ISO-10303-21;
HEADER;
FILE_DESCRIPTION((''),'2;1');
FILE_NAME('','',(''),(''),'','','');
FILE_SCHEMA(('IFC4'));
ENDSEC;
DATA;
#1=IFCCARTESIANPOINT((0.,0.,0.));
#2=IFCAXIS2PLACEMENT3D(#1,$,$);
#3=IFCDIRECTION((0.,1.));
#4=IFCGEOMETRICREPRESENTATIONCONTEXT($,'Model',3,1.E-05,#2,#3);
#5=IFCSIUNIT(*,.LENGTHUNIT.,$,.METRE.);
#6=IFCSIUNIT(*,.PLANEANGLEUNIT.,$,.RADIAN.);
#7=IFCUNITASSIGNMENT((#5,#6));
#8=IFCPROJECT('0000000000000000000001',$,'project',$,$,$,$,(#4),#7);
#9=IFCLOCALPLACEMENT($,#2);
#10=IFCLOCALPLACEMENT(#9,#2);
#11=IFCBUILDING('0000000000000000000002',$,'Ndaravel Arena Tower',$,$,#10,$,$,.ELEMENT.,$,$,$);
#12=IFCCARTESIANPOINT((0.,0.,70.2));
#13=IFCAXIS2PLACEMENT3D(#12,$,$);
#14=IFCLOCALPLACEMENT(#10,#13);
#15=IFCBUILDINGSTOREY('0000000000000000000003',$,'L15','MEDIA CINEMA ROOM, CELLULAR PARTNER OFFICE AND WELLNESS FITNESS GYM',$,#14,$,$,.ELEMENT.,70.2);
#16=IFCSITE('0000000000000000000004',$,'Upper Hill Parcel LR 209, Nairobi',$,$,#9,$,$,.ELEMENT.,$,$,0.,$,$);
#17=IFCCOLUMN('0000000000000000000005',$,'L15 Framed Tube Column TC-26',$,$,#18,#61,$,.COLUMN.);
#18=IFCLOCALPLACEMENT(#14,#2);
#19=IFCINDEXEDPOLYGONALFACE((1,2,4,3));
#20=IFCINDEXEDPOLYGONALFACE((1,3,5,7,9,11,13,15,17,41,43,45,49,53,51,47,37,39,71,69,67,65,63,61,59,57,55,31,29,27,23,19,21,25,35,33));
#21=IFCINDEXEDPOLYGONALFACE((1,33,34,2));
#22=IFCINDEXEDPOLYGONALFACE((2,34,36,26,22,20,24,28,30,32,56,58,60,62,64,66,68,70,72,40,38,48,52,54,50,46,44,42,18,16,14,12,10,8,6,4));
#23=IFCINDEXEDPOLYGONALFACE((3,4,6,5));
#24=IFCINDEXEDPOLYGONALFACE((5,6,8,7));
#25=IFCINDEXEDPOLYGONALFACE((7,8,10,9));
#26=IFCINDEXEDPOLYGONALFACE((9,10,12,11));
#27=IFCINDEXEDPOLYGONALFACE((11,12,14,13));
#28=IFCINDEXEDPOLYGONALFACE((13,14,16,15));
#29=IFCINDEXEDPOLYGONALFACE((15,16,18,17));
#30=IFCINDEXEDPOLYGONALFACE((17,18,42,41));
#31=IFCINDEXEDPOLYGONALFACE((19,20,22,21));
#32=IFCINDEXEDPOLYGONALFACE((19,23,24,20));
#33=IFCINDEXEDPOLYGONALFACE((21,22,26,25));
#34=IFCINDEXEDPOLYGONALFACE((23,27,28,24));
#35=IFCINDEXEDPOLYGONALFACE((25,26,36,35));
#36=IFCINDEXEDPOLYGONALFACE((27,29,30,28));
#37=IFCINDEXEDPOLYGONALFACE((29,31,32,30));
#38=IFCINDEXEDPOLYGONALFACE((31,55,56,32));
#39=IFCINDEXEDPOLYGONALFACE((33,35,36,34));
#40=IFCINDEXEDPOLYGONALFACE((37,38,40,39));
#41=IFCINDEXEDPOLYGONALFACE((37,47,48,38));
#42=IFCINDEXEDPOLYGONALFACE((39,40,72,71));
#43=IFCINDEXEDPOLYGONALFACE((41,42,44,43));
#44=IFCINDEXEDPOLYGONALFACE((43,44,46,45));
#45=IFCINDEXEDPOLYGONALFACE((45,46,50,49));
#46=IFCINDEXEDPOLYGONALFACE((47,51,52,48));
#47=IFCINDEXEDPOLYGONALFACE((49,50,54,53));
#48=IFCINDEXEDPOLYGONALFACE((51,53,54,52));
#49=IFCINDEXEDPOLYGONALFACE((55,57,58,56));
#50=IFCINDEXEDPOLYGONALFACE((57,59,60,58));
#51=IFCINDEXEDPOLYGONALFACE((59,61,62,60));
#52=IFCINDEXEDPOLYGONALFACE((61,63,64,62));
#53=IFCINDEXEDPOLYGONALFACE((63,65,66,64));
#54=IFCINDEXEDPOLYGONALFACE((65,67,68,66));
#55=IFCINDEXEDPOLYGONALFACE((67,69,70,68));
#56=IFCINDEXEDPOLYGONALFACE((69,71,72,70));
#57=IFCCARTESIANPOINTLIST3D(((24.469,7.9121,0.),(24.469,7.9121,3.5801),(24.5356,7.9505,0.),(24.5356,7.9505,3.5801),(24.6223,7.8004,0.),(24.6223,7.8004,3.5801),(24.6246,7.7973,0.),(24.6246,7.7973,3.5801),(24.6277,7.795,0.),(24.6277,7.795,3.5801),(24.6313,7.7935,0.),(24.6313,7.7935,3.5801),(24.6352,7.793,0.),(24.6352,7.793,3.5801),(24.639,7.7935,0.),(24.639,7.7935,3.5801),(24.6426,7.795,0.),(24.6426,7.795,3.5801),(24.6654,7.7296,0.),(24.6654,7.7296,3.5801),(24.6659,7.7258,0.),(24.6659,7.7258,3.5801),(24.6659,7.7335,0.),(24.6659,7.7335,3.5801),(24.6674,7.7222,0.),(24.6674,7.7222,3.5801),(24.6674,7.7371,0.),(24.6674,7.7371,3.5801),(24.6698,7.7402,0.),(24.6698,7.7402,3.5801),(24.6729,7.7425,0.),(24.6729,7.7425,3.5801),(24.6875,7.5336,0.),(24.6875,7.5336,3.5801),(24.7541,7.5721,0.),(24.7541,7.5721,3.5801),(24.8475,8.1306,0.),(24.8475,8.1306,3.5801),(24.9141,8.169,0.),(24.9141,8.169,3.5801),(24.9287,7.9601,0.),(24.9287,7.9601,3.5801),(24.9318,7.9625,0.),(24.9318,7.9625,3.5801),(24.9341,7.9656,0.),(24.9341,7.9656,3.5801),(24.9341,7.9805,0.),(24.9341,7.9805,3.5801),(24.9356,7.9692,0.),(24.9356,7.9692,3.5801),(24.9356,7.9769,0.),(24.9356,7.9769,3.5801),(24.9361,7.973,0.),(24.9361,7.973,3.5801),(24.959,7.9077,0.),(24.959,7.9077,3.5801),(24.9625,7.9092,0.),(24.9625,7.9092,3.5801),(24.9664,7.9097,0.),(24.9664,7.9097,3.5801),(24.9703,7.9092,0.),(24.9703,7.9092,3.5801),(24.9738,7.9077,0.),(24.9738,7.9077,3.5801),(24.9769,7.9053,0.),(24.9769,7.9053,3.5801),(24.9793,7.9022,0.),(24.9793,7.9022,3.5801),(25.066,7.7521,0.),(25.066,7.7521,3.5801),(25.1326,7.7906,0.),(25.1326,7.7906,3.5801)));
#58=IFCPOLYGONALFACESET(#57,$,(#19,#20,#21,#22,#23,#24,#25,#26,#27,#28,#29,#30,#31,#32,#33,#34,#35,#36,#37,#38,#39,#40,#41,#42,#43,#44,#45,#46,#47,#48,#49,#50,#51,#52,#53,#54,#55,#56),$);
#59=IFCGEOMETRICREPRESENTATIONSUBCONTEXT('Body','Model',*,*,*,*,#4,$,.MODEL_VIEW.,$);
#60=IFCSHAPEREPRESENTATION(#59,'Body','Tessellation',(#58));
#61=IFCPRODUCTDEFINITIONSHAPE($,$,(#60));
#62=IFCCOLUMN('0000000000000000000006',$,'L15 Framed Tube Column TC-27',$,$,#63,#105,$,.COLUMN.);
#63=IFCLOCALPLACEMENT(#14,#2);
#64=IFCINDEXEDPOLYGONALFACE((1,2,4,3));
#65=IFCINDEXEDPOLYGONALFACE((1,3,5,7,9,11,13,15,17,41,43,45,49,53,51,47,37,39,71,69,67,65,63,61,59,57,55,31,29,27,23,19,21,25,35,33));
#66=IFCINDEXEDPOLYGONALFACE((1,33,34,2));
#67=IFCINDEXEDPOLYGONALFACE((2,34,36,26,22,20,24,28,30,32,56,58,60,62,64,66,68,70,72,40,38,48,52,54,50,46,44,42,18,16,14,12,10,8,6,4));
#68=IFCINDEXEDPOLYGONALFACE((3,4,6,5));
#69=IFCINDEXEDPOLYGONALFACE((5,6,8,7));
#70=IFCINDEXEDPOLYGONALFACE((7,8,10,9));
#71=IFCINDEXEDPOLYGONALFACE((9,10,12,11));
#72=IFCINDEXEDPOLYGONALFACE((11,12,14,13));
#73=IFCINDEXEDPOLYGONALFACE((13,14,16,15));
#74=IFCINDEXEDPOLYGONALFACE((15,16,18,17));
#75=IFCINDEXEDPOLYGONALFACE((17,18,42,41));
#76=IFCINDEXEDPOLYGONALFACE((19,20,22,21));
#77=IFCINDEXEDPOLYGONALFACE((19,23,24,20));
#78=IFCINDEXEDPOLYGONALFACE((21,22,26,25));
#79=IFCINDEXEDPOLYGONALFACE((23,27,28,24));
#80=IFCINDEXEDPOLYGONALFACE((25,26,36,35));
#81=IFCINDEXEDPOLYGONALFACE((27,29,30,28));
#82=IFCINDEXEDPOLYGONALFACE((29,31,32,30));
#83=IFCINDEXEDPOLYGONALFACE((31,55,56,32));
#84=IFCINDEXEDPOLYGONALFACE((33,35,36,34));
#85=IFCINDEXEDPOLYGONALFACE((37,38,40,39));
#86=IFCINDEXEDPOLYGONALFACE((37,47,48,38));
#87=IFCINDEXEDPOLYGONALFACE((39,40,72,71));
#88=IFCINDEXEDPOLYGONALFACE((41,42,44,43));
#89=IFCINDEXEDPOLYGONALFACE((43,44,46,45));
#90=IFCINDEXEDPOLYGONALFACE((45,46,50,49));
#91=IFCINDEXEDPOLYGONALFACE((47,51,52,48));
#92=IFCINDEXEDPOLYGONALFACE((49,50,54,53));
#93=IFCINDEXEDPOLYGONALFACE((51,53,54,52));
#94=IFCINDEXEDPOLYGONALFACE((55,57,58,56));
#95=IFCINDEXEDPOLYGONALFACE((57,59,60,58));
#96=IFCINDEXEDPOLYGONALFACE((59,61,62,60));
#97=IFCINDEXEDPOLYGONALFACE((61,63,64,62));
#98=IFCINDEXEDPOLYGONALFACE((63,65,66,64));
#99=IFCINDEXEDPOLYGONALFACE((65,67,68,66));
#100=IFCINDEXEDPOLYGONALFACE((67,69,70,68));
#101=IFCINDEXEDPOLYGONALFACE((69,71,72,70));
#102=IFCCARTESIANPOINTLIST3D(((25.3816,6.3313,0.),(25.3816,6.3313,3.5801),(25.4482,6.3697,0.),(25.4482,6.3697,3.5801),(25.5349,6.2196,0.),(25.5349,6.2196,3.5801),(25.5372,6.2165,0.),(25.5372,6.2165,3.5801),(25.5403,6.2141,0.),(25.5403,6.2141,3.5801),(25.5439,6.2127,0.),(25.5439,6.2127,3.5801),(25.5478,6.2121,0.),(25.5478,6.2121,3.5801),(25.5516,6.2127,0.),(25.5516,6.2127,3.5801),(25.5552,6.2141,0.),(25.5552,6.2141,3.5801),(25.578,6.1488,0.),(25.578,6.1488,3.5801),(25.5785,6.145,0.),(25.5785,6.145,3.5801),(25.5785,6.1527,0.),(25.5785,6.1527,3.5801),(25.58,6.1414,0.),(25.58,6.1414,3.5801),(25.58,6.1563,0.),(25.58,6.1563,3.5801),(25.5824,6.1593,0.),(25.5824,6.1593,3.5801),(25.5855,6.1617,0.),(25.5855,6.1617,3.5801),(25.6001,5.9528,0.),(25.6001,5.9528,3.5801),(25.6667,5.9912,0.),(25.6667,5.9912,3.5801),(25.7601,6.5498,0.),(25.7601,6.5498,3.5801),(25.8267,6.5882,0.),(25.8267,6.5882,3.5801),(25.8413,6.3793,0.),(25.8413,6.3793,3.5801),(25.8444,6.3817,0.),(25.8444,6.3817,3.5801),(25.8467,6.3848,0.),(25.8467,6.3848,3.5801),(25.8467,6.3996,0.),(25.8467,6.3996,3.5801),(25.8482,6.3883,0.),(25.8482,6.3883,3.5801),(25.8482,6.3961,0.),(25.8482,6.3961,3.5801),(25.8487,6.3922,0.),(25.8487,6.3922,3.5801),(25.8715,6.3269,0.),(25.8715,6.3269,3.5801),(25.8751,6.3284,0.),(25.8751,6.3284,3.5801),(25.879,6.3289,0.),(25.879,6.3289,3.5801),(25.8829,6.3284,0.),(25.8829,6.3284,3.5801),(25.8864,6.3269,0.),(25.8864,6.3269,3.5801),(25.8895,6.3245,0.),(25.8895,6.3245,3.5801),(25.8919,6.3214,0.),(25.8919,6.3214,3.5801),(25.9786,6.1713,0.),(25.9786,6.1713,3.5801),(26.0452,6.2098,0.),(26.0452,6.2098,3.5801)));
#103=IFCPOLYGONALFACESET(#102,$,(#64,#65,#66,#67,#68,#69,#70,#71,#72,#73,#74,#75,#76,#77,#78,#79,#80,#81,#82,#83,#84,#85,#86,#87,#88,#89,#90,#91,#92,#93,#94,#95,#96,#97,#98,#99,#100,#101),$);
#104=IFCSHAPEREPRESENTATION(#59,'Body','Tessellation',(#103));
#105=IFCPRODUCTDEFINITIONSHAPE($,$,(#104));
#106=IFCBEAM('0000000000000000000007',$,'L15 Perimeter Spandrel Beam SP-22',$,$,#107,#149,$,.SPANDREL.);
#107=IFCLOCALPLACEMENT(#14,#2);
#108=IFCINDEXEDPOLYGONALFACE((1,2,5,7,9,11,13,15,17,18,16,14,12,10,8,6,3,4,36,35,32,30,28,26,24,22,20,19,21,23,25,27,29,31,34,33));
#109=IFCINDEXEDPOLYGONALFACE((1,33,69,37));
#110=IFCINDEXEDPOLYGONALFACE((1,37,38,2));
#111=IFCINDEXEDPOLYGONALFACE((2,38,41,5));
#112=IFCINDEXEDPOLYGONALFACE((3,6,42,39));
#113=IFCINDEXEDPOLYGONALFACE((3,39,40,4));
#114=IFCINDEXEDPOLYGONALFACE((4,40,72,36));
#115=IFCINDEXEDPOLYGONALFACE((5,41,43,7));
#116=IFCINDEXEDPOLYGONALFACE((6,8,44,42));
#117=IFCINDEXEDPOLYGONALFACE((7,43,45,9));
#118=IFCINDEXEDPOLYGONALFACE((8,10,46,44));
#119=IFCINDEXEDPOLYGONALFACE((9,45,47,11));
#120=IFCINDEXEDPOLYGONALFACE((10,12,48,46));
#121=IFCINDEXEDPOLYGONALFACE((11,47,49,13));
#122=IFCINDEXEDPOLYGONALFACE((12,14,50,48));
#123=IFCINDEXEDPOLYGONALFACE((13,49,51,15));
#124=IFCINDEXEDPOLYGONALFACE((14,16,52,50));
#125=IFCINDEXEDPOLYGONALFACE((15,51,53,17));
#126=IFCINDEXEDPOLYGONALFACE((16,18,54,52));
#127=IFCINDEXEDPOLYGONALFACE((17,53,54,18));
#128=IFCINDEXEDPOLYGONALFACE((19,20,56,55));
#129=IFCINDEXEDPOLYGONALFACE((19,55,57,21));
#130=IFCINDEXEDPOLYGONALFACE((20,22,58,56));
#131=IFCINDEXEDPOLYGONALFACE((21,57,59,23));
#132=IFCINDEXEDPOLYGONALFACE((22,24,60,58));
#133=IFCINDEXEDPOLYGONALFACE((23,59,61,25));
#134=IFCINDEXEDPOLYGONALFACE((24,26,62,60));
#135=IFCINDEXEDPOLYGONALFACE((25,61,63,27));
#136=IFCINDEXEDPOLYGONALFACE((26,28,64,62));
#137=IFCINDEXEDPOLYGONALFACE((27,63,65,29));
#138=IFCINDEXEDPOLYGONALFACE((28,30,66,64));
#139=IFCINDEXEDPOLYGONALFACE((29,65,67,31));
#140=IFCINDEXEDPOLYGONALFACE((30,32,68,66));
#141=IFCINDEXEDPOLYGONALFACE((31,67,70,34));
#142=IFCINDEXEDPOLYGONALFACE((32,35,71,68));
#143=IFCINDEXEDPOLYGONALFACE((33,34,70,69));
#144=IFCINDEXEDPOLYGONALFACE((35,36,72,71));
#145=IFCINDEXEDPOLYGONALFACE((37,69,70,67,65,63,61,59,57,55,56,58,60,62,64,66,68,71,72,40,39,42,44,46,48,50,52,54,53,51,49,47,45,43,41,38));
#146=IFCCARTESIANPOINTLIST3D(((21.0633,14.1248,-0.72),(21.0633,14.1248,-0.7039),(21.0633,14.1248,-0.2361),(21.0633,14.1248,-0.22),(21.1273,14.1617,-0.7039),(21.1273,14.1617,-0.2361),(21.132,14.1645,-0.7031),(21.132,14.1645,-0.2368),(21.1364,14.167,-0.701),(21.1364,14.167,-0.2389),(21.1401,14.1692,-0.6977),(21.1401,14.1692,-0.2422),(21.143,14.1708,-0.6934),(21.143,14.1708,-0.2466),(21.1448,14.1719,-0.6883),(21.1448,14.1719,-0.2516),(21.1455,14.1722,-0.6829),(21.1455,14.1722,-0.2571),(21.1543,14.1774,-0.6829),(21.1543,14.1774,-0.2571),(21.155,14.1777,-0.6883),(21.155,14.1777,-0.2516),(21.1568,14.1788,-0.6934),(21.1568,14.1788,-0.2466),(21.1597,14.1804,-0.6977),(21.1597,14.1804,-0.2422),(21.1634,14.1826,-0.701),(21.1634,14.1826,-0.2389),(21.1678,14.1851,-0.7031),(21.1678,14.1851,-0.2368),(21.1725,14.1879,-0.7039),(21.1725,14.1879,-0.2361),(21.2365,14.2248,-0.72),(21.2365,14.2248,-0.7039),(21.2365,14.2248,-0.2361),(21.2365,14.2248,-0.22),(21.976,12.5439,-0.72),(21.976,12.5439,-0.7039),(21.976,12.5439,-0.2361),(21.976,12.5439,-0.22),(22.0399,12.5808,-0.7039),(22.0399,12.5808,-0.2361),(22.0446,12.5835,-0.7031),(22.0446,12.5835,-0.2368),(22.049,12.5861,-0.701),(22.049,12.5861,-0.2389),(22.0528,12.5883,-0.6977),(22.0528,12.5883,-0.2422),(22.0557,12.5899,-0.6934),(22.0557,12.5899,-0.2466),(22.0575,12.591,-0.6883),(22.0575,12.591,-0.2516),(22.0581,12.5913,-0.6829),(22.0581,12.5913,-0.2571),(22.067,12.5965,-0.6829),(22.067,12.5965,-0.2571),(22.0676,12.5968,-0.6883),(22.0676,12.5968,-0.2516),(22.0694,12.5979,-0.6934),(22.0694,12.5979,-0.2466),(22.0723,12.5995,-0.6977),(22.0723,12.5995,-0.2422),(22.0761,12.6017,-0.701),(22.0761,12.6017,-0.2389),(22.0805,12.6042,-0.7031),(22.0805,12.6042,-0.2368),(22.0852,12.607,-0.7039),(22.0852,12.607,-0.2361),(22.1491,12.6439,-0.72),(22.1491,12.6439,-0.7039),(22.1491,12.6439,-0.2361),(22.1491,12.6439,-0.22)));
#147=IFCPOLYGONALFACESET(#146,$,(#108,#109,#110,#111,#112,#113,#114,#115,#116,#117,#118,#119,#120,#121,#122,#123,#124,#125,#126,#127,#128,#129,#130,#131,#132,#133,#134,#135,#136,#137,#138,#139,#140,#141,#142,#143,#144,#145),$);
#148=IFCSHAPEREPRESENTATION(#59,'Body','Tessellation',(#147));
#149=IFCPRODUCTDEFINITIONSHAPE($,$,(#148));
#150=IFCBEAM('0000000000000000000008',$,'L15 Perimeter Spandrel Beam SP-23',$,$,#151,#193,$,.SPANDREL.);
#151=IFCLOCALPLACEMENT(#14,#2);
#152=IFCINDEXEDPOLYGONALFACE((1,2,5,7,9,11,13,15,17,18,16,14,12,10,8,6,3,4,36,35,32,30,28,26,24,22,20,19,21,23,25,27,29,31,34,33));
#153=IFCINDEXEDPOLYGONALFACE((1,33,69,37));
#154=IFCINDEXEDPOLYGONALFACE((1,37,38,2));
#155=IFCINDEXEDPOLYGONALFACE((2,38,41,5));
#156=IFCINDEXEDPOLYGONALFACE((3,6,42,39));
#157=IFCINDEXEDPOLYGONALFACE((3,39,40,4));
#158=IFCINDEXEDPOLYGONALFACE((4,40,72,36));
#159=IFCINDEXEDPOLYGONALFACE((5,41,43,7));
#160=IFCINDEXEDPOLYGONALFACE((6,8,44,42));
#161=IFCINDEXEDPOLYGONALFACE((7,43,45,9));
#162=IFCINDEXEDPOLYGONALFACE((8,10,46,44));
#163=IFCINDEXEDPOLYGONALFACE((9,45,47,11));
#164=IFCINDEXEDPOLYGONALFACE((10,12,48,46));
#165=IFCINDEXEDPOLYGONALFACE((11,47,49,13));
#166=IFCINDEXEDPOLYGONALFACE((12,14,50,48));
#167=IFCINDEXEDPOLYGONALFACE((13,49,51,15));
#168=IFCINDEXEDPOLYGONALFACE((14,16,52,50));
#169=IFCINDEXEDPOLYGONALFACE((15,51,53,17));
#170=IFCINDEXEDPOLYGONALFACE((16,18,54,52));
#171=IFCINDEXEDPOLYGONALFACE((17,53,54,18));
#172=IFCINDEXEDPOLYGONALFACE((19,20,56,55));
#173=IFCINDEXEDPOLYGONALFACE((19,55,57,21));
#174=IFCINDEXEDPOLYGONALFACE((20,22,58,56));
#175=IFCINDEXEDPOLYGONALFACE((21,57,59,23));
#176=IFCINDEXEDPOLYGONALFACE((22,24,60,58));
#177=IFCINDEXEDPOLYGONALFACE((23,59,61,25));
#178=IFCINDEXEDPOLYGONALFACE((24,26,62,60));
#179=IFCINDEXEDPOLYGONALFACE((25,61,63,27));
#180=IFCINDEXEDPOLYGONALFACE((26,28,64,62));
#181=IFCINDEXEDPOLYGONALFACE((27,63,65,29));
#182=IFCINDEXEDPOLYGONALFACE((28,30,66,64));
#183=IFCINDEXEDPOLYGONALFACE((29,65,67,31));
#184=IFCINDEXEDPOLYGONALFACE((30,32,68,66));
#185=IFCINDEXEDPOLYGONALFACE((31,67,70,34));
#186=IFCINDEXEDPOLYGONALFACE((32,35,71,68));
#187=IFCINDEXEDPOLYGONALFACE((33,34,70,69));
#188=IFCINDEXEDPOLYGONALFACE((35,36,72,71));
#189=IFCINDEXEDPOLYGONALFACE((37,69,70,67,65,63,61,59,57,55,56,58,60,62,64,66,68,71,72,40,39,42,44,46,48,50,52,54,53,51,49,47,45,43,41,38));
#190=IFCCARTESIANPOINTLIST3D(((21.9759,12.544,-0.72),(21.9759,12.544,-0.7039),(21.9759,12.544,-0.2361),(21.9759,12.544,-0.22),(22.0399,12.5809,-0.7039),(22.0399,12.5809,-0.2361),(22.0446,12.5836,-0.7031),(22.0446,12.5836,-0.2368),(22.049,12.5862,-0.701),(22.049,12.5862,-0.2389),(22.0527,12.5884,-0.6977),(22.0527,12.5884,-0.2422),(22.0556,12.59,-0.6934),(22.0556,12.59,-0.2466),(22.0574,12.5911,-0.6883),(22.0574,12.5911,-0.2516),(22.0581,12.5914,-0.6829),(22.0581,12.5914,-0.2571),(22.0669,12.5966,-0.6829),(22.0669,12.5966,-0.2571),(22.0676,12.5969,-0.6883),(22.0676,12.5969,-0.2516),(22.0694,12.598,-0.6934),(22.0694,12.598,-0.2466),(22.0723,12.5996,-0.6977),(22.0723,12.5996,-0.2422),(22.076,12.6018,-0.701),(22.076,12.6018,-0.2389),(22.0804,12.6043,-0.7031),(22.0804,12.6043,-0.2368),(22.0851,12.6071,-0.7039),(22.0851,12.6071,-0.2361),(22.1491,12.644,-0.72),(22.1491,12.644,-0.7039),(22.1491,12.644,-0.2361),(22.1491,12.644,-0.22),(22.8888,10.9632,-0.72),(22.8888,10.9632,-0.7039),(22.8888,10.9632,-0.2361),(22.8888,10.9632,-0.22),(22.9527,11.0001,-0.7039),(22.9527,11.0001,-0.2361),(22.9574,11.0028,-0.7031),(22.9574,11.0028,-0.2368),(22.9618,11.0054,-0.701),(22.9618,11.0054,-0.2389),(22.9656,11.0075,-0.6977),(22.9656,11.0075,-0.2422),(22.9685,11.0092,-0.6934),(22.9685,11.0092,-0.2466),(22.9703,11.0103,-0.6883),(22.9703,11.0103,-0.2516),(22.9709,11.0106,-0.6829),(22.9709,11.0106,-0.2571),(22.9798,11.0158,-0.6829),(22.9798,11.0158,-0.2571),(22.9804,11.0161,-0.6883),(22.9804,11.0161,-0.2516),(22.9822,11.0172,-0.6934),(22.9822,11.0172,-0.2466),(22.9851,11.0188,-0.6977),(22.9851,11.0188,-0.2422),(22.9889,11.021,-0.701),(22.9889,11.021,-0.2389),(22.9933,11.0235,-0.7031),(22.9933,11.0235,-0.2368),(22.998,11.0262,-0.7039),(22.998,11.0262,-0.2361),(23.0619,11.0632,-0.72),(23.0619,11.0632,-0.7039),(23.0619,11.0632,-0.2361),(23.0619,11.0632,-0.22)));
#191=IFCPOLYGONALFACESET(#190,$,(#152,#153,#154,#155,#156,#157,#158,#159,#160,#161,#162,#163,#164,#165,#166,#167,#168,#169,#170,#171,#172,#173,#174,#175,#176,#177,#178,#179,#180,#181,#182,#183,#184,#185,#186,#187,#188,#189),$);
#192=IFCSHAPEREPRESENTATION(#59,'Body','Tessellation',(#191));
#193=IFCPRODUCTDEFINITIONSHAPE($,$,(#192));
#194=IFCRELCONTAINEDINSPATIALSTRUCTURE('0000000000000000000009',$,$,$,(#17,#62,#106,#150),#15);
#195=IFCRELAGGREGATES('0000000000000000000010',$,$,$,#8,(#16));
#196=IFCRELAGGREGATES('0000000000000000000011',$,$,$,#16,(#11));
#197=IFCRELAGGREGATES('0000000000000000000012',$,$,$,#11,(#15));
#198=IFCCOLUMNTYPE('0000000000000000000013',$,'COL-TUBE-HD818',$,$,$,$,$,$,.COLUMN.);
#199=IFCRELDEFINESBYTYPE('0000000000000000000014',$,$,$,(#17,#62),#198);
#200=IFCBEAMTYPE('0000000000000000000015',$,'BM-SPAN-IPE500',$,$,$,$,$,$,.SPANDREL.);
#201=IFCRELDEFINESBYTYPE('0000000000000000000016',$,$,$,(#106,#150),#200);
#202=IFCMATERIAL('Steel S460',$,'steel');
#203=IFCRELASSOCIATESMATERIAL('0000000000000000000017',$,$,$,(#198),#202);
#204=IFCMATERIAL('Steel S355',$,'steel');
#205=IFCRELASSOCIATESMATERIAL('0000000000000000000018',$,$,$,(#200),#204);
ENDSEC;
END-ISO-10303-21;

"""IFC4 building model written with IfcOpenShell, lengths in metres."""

from ifc_helpers import new_model, si_unit, direction, frame, origin, origin_2d, place, context, subcontext, project, spatial, i_section, extrude, material, material_profile, profile_set, type_object, element, save


model = new_model("IFC4")

# Units and contexts
model_context = context("Model", 3, precision=1e-05, world=origin(), true_north=direction((0.0, 1.0)))
body_context = subcontext(model_context, "Body", "Model", "MODEL_VIEW")
ifc_project = project(units=[si_unit("LENGTHUNIT", "METRE"), si_unit("PLANEANGLEUNIT", "RADIAN")], contexts=[model_context])

# Site, building, storey
site_placement = place(None, origin())
site = spatial("IfcSite", under=ifc_project, at=site_placement, Name="Upper Hill Parcel LR 209, Nairobi", CompositionType="ELEMENT", RefElevation=0.0)
building_placement = place(site_placement, origin())
building = spatial("IfcBuilding", under=site, at=building_placement, Name="Ndaravel Arena Tower", CompositionType="ELEMENT")
storey_placement = place(building_placement, frame((0.0, 0.0, 70.2)))
storey = spatial("IfcBuildingStorey", under=building, at=storey_placement, Name="L15", Description="MEDIA CINEMA ROOM, CELLULAR PARTNER OFFICE AND WELLNESS FITNESS GYM", CompositionType="ELEMENT", Elevation=70.2)

# Columns
ifc_material_1 = material(Name="Steel S460", Category="steel")
ifc_material_profile_1 = material_profile(ifc_material_1, i_section(OverallWidth=0.437, OverallDepth=0.5139, WebThickness=0.0605, FlangeThickness=0.0769, FilletRadius=0.0149, at=origin_2d()), Name="HD 400x818")
ifc_profile_set_1 = profile_set([ifc_material_profile_1], Name="Steel S460")
column_type = type_object("IfcColumnType", Name="COL-TUBE-HD818", PredefinedType="COLUMN", material=ifc_profile_set_1)
for number, where, z_axis, x_axis, name in (
    (1, (24.8008, 7.8513, 0.0), (0.0, 0.0, 1.0), (-0.5, 0.866025, 0.0), "L15 Framed Tube Column TC-26"),
    (2, (25.7134, 6.2705, 0.0), (0.0, 0.0, 1.0), (-0.5, 0.866025, 0.0), "L15 Framed Tube Column TC-27"),
):
    element("IfcColumn", number, at=place(storey_placement, frame(where, z_axis=z_axis, x_axis=x_axis)), inside=storey, type_object=column_type, Name=name, PredefinedType="COLUMN", context=body_context, shape_type="SweptSolid", body=[
        extrude(i_section(OverallWidth=0.437, OverallDepth=0.5139, WebThickness=0.0605, FlangeThickness=0.0769, FilletRadius=0.0149, at=origin_2d()), origin(), (0.0, 0.0, 1.0), 3.5801),
    ])

# Beams
ifc_material_2 = material(Name="Steel S355", Category="steel")
ifc_material_profile_2 = material_profile(ifc_material_2, i_section(OverallWidth=0.2, OverallDepth=0.5, WebThickness=0.0103, FlangeThickness=0.0161, FilletRadius=0.021, at=origin_2d()), Name="IPE 500")
ifc_profile_set_2 = profile_set([ifc_material_profile_2], Name="Steel S355")
beam_type = type_object("IfcBeamType", Name="BM-SPAN-IPE500", PredefinedType="SPANDREL", material=ifc_profile_set_2)
for number, where, z_axis, x_axis, name in (
    (3, (21.1499, 14.1748, -0.47), (0.499966, -0.866045, 0.0), (0.866045, 0.499966, 0.0), "L15 Perimeter Spandrel Beam SP-22"),
    (4, (22.0625, 12.594, -0.47), (0.500066, -0.865987, 0.0), (0.865987, 0.500066, 0.0), "L15 Perimeter Spandrel Beam SP-23"),
):
    element("IfcBeam", number, at=place(storey_placement, frame(where, z_axis=z_axis, x_axis=x_axis)), inside=storey, type_object=beam_type, Name=name, PredefinedType="SPANDREL", context=body_context, shape_type="SweptSolid", body=[
        extrude(i_section(OverallWidth=0.2, OverallDepth=0.5, WebThickness=0.0103, FlangeThickness=0.0161, FilletRadius=0.021, at=origin_2d()), origin(), (0.0, 0.0, 1.0), 1.8254),
    ])

save(model, "model.ifc")
